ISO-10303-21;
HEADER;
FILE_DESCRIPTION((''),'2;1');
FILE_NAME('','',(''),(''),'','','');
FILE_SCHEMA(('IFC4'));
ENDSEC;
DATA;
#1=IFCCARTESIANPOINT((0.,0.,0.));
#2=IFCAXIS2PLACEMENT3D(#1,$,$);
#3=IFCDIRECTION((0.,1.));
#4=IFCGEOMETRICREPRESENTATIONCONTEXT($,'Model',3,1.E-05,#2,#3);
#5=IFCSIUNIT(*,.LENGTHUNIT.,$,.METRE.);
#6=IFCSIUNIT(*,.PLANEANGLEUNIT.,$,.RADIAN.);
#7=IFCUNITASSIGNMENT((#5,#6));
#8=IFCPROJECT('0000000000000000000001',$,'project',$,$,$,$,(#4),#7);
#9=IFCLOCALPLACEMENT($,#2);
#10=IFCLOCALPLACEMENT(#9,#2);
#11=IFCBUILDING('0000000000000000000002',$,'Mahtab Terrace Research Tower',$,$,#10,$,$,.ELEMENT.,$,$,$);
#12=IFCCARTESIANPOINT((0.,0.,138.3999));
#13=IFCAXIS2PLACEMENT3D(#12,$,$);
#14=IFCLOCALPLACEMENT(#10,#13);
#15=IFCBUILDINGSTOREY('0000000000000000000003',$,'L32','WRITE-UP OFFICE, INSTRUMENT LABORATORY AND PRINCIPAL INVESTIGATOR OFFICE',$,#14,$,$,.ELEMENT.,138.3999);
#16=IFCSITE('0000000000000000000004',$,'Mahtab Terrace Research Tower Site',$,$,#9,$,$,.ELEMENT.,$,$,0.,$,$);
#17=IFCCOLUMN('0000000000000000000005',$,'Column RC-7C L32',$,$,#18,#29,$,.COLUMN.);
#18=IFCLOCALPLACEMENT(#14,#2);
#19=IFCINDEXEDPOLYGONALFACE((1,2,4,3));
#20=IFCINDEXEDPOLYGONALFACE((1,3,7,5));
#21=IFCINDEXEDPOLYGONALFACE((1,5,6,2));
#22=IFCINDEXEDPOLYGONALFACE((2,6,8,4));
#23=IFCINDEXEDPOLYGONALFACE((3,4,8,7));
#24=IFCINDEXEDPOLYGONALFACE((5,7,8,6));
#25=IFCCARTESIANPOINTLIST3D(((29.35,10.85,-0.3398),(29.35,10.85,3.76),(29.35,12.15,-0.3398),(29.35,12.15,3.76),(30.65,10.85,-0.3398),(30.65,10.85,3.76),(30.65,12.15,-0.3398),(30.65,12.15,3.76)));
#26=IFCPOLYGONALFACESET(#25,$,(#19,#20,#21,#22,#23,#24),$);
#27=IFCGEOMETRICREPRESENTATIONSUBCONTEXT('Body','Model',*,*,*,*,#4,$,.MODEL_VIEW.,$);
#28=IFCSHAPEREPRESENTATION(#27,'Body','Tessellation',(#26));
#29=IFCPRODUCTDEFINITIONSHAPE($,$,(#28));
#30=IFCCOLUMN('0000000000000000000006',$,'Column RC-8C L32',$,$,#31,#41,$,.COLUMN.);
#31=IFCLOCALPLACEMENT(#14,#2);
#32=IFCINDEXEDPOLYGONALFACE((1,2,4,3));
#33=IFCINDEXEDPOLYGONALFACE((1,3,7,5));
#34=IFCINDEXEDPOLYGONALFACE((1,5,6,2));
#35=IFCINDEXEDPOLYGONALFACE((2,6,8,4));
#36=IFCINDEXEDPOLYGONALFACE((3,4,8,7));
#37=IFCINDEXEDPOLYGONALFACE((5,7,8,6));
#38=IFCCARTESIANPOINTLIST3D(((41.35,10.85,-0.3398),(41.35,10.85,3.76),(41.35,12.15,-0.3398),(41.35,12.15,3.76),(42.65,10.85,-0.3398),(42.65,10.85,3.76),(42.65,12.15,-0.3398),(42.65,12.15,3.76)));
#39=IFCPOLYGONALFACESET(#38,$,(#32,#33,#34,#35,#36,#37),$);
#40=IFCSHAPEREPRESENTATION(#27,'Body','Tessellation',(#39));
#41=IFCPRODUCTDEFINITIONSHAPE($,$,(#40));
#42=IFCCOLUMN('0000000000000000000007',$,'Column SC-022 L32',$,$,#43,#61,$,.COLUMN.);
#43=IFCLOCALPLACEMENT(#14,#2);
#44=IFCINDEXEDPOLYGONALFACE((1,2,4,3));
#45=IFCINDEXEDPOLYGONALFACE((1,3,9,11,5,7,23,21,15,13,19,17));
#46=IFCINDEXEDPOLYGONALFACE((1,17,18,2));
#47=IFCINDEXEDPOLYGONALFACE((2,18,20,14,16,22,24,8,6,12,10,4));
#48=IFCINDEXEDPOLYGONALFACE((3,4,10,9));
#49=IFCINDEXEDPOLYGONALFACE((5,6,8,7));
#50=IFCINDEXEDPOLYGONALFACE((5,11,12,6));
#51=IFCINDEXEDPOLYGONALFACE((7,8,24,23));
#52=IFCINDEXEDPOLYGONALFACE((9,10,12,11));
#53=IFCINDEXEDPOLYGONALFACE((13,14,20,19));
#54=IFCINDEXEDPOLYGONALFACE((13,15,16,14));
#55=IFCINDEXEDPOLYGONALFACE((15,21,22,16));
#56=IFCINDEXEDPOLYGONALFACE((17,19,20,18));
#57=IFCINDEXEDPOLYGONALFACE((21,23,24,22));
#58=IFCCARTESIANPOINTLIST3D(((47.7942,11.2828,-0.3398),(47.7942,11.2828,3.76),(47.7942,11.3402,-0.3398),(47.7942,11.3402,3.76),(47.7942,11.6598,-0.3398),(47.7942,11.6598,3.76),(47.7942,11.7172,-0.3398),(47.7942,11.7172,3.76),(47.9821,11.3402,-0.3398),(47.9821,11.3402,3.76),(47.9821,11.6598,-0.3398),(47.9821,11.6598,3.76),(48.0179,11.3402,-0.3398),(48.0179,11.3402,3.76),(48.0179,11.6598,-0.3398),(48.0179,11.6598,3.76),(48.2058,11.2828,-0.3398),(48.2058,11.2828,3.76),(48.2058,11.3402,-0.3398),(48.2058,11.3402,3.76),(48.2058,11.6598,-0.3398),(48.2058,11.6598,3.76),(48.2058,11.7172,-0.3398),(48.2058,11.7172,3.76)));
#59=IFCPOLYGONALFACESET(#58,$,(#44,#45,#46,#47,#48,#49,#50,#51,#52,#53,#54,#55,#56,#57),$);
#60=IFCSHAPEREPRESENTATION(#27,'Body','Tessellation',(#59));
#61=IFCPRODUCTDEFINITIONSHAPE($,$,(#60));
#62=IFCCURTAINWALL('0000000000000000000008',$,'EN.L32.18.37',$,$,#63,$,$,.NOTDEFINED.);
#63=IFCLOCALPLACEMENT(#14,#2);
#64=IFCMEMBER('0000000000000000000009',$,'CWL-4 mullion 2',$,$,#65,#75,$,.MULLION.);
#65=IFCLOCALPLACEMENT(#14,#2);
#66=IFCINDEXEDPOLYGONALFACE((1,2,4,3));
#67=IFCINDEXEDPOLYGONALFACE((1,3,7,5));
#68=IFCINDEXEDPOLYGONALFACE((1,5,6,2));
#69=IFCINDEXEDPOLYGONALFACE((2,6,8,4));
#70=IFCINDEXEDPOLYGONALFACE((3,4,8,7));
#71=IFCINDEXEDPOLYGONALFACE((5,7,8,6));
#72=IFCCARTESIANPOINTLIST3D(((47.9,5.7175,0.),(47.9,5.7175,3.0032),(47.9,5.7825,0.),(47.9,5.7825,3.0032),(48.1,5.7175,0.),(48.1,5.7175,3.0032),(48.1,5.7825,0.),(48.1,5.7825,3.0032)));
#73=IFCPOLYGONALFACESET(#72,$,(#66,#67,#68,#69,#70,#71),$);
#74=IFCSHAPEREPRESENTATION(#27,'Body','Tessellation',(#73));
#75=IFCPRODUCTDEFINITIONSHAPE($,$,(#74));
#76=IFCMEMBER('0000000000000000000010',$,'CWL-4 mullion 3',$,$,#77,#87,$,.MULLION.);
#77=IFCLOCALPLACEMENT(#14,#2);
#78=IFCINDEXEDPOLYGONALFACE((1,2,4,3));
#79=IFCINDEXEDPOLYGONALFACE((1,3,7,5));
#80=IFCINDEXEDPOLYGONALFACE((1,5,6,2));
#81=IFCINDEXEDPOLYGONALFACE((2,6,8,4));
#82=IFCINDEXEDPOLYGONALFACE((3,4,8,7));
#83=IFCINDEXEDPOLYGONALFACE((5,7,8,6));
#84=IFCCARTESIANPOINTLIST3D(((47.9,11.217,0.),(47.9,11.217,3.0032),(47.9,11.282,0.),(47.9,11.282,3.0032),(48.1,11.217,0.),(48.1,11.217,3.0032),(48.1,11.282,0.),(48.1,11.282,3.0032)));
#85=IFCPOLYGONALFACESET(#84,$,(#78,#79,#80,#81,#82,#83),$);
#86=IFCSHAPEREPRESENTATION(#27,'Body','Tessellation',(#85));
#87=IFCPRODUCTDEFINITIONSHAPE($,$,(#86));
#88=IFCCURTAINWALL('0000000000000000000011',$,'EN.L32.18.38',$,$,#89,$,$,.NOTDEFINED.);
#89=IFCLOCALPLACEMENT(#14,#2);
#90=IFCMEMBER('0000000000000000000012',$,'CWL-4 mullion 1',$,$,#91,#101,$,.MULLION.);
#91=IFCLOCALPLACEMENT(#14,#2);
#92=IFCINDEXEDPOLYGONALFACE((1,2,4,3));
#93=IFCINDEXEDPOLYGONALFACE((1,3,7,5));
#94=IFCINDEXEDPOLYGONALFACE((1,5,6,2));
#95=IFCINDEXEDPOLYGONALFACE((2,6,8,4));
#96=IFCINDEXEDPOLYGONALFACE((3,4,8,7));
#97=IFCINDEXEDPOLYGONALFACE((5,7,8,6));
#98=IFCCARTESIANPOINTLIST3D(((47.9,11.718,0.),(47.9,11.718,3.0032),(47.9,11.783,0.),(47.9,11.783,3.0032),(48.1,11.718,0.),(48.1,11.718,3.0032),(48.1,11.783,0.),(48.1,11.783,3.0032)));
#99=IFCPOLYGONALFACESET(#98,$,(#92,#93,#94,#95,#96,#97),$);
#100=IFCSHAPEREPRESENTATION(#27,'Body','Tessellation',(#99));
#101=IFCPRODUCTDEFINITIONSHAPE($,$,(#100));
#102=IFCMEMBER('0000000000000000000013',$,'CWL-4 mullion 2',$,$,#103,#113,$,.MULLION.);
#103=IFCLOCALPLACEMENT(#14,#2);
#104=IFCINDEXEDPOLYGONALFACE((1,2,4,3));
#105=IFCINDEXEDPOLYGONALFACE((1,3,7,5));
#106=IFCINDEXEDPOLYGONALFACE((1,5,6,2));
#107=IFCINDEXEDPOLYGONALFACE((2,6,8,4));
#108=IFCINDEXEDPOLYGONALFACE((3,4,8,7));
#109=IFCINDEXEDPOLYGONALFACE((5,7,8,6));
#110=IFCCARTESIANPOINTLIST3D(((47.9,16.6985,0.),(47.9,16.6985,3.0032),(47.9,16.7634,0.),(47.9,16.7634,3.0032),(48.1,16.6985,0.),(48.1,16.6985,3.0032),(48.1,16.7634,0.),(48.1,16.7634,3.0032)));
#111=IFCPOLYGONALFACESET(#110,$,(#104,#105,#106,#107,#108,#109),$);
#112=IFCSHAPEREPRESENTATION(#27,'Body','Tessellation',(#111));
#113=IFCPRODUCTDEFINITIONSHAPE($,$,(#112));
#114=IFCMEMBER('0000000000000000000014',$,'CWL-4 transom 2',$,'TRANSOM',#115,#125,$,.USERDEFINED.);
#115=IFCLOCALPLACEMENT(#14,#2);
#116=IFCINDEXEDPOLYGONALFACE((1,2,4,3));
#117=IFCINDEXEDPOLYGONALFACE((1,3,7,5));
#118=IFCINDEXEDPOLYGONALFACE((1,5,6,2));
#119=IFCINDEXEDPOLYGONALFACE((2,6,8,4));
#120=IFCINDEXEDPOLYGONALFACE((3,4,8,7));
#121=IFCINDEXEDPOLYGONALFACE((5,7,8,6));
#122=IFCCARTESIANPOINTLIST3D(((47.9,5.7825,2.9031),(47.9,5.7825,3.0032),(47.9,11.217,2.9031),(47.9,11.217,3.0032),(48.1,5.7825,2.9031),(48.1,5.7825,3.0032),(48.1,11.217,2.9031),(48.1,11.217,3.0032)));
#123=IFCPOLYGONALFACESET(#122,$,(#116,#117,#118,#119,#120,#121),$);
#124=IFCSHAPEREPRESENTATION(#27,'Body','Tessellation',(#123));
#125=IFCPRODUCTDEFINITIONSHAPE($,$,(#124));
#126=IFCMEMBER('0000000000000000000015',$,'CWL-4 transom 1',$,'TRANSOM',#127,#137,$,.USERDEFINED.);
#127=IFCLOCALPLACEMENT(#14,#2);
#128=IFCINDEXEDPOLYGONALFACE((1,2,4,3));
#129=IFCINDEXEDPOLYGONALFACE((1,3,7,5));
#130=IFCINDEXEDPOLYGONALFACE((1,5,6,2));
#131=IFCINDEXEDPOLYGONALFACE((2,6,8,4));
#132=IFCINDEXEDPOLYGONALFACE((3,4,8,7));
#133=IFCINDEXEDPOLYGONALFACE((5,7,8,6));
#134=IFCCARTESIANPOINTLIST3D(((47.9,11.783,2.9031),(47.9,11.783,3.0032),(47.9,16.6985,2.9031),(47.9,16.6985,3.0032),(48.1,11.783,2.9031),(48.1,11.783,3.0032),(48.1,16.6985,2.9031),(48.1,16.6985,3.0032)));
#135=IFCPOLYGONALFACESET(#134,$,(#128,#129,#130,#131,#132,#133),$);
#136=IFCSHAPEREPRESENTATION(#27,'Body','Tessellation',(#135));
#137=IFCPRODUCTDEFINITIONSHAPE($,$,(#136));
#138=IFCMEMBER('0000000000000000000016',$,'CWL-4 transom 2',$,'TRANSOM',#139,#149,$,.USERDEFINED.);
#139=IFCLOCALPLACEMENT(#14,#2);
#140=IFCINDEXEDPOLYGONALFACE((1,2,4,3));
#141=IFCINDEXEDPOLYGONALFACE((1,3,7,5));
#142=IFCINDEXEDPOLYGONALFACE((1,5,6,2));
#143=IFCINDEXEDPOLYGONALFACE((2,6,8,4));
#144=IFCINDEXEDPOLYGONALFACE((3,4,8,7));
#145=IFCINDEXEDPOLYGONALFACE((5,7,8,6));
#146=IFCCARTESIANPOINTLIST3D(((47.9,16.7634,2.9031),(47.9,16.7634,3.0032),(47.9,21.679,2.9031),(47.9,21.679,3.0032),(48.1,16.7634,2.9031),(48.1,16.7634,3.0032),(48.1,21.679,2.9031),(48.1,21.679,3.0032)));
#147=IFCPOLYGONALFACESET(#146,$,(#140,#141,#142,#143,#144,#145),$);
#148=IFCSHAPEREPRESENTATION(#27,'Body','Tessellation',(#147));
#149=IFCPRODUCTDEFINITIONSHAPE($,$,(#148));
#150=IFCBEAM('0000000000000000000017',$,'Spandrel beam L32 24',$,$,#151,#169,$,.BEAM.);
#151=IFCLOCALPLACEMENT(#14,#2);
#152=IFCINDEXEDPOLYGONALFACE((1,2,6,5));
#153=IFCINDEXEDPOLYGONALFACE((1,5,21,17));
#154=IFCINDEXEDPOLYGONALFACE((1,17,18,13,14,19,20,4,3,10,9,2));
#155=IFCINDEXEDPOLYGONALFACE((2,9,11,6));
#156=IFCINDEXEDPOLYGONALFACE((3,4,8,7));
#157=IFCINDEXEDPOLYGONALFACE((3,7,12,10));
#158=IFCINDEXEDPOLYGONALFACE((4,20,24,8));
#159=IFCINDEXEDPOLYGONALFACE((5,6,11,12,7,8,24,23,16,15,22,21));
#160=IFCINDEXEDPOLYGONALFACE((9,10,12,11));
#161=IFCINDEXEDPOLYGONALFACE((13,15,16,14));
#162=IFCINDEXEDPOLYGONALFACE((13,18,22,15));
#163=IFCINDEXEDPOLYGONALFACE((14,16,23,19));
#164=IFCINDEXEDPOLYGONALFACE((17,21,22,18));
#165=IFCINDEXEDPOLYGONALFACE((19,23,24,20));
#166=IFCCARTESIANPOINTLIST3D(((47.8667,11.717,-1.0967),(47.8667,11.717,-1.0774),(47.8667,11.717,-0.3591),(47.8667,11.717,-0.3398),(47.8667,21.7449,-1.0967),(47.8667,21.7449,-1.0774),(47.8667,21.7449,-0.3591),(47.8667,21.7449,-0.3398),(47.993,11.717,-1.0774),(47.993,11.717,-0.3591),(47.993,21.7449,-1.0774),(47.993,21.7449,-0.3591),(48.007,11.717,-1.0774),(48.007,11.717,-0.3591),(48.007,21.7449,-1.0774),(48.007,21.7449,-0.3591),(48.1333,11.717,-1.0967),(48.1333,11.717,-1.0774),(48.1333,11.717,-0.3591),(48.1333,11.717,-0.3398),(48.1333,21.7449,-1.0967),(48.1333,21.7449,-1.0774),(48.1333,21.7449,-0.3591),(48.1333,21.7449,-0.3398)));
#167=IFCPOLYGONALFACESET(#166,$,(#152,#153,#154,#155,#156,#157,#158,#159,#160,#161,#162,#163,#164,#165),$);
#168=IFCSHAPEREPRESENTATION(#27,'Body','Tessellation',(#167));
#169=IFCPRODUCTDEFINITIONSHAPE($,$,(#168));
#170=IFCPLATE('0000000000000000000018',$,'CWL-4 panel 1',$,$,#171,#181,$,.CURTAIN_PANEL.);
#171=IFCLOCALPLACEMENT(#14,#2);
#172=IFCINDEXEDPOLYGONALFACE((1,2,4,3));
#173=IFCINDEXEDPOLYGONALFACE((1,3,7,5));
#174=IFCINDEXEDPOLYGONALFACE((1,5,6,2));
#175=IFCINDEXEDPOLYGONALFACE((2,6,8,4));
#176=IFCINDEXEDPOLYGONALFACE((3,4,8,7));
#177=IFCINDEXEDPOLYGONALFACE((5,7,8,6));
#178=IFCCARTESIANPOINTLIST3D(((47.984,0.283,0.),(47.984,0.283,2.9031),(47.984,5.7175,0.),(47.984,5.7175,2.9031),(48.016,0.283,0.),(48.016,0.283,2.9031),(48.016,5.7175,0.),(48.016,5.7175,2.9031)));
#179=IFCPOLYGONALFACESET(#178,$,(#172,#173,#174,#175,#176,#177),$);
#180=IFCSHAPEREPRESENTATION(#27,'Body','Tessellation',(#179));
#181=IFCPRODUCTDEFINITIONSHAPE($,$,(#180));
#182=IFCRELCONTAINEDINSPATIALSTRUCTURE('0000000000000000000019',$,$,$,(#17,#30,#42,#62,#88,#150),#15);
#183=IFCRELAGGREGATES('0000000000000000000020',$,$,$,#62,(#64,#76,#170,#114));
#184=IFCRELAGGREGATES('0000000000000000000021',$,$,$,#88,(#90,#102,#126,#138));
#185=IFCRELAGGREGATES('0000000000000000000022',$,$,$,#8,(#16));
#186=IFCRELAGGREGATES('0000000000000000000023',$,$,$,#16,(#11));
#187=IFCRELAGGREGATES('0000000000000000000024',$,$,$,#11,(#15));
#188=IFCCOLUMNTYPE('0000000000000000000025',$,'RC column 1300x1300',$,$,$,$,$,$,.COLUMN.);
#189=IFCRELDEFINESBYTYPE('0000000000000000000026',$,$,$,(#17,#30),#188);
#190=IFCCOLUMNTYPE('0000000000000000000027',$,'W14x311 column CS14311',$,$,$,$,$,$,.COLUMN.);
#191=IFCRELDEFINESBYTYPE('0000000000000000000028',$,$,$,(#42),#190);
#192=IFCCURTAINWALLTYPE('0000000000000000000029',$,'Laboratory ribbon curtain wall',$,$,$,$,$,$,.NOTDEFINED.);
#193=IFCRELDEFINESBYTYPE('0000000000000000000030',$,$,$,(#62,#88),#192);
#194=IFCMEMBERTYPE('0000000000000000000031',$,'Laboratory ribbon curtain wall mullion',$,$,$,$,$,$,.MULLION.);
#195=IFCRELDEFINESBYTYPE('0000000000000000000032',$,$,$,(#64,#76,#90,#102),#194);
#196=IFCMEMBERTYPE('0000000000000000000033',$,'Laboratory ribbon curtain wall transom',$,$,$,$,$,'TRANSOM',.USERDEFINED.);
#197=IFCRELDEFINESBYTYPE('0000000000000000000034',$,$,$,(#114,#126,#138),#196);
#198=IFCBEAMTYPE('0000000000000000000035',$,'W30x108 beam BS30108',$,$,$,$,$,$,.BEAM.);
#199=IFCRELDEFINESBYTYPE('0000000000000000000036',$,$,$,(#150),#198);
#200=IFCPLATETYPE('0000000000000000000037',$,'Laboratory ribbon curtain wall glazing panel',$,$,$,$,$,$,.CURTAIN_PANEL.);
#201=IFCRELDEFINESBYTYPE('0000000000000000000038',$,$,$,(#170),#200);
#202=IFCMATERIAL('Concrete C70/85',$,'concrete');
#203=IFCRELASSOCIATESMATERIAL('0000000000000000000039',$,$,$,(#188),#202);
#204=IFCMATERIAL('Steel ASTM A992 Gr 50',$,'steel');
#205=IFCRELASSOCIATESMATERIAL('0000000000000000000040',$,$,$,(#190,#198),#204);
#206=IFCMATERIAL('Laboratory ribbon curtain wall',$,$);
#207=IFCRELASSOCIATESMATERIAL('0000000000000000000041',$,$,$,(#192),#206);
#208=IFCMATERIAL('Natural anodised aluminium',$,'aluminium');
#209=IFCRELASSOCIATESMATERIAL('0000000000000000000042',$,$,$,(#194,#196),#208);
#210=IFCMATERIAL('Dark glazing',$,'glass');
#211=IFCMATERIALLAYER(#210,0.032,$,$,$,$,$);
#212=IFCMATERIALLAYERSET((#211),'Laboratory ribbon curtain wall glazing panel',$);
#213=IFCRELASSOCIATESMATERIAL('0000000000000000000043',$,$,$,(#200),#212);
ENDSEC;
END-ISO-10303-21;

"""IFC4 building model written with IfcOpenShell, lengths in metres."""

from ifc_helpers import new_model, si_unit, direction, frame, origin, origin_2d, place, context, subcontext, project, spatial, rectangle, i_section, extrude, material, layer, layer_set, material_profile, profile_set, type_object, element, aggregate, save


model = new_model("IFC4")

# Units and contexts
model_context = context("Model", 3, precision=1e-05, world=origin(), true_north=direction((0.0, 1.0)))
body_context = subcontext(model_context, "Body", "Model", "MODEL_VIEW")
ifc_project = project(units=[si_unit("LENGTHUNIT", "METRE"), si_unit("PLANEANGLEUNIT", "RADIAN")], contexts=[model_context])

# Site, building, storey
site_placement = place(None, origin())
site = spatial("IfcSite", under=ifc_project, at=site_placement, Name="Mahtab Terrace Research Tower Site", CompositionType="ELEMENT", RefElevation=0.0)
building_placement = place(site_placement, origin())
building = spatial("IfcBuilding", under=site, at=building_placement, Name="Mahtab Terrace Research Tower", CompositionType="ELEMENT")
storey_placement = place(building_placement, frame((0.0, 0.0, 138.3999)))
storey = spatial("IfcBuildingStorey", under=building, at=storey_placement, Name="L32", Description="WRITE-UP OFFICE, INSTRUMENT LABORATORY AND PRINCIPAL INVESTIGATOR OFFICE", CompositionType="ELEMENT", Elevation=138.3999)

# Columns
ifc_material_1 = material(Name="Concrete C70/85", Category="concrete")
ifc_material_profile_1 = material_profile(ifc_material_1, rectangle(XDim=1.3, YDim=1.3, at=origin_2d()), Name="RC column 1300x1300")
ifc_profile_set_1 = profile_set([ifc_material_profile_1], Name="Concrete C70/85")
column_type_1 = type_object("IfcColumnType", Name="RC column 1300x1300", PredefinedType="COLUMN", material=ifc_profile_set_1)
for number, where, z_axis, x_axis, name in (
    (1, (30.0, 11.5, -0.3398), (0.0, 0.0, 1.0), (1.0, 0.0, 0.0), "Column RC-7C L32"),
    (2, (42.0, 11.5, -0.3398), (0.0, 0.0, 1.0), (1.0, 0.0, 0.0), "Column RC-8C L32"),
):
    element("IfcColumn", number, at=place(storey_placement, frame(where, z_axis=z_axis, x_axis=x_axis)), inside=storey, type_object=column_type_1, Name=name, PredefinedType="COLUMN", context=body_context, shape_type="SweptSolid", body=[
        extrude(rectangle(XDim=1.3, YDim=1.3, at=origin_2d()), origin(), (0.0, 0.0, 1.0), 4.0999),
    ])
ifc_material_2 = material(Name="Steel ASTM A992 Gr 50", Category="steel")
ifc_material_profile_2 = material_profile(ifc_material_2, i_section(OverallWidth=0.4116, OverallDepth=0.4343, WebThickness=0.0359, FlangeThickness=0.0574, at=origin_2d()), Name="W14X311")
ifc_profile_set_2 = profile_set([ifc_material_profile_2], Name="Steel ASTM A992 Gr 50")
column_type_2 = type_object("IfcColumnType", Name="W14x311 column CS14311", PredefinedType="COLUMN", material=ifc_profile_set_2)
column_placement = place(storey_placement, frame((48.0, 11.5, -0.3398), z_axis=(0.0, 0.0, 1.0), x_axis=(1.0, 0.0, 0.0)))
element("IfcColumn", 3, at=column_placement, inside=storey, type_object=column_type_2, Name="Column SC-022 L32", PredefinedType="COLUMN", context=body_context, shape_type="SweptSolid", body=[
    extrude(i_section(OverallWidth=0.4116, OverallDepth=0.4343, WebThickness=0.0359, FlangeThickness=0.0574, at=origin_2d()), origin(), (0.0, 0.0, 1.0), 4.0999),
])

# Curtain walls, members
ifc_material_3 = material(Name="Laboratory ribbon curtain wall")
curtain_wall_type = type_object("IfcCurtainWallType", Name="Laboratory ribbon curtain wall", PredefinedType="NOTDEFINED", material=ifc_material_3)
curtain_wall_1_placement = place(storey_placement, origin())
curtain_wall_1 = element("IfcCurtainWall", 4, at=curtain_wall_1_placement, inside=storey, type_object=curtain_wall_type, Name="EN.L32.18.37", PredefinedType="NOTDEFINED")
ifc_material_4 = material(Name="Natural anodised aluminium", Category="aluminium")
ifc_material_profile_3 = material_profile(ifc_material_4, rectangle(XDim=0.2, YDim=0.0649, at=origin_2d()), Name="MULLION 65x200")
ifc_profile_set_3 = profile_set([ifc_material_profile_3], Name="Natural anodised aluminium")
member_type_1 = type_object("IfcMemberType", Name="Laboratory ribbon curtain wall mullion", PredefinedType="MULLION", material=ifc_profile_set_3)
member_1_placement = place(storey_placement, frame((48.0, 5.75, 0.0), z_axis=(0.0, 0.0, 1.0), x_axis=(-1.0, 0.0, 0.0)))
member_1 = element("IfcMember", 5, at=member_1_placement, type_object=member_type_1, Name="CWL-4 mullion 2", PredefinedType="MULLION", context=body_context, shape_type="SweptSolid", body=[
    extrude(rectangle(XDim=0.2, YDim=0.0649, at=origin_2d()), origin(), (0.0, 0.0, 1.0), 3.0032),
])
member_2_placement = place(storey_placement, frame((48.0, 11.2495, 0.0), z_axis=(0.0, 0.0, 1.0), x_axis=(-1.0, 0.0, 0.0)))
member_2 = element("IfcMember", 6, at=member_2_placement, type_object=member_type_1, Name="CWL-4 mullion 3", PredefinedType="MULLION", context=body_context, shape_type="SweptSolid", body=[
    extrude(rectangle(XDim=0.2, YDim=0.0649, at=origin_2d()), origin(), (0.0, 0.0, 1.0), 3.0032),
])
curtain_wall_2_placement = place(storey_placement, origin())
curtain_wall_2 = element("IfcCurtainWall", 7, at=curtain_wall_2_placement, inside=storey, type_object=curtain_wall_type, Name="EN.L32.18.38", PredefinedType="NOTDEFINED")
member_3_placement = place(storey_placement, frame((48.0, 11.7505, 0.0), z_axis=(0.0, 0.0, 1.0), x_axis=(-1.0, 0.0, 0.0)))
member_3 = element("IfcMember", 8, at=member_3_placement, type_object=member_type_1, Name="CWL-4 mullion 1", PredefinedType="MULLION", context=body_context, shape_type="SweptSolid", body=[
    extrude(rectangle(XDim=0.2, YDim=0.0649, at=origin_2d()), origin(), (0.0, 0.0, 1.0), 3.0032),
])
member_4_placement = place(storey_placement, frame((48.0, 16.731, 0.0), z_axis=(0.0, 0.0, 1.0), x_axis=(-1.0, 0.0, 0.0)))
member_4 = element("IfcMember", 9, at=member_4_placement, type_object=member_type_1, Name="CWL-4 mullion 2", PredefinedType="MULLION", context=body_context, shape_type="SweptSolid", body=[
    extrude(rectangle(XDim=0.2, YDim=0.0649, at=origin_2d()), origin(), (0.0, 0.0, 1.0), 3.0032),
])

# Members
ifc_material_profile_4 = material_profile(ifc_material_4, rectangle(XDim=0.2, YDim=0.1001, at=origin_2d()), Name="TRANSOM 100x200")
ifc_profile_set_4 = profile_set([ifc_material_profile_4], Name="Natural anodised aluminium")
member_type_2 = type_object("IfcMemberType", Name="Laboratory ribbon curtain wall transom", ElementType="TRANSOM", PredefinedType="USERDEFINED", material=ifc_profile_set_4)
member_5_placement = place(storey_placement, frame((48.0, 5.7825, 2.9531), z_axis=(0.0, 1.0, 0.0), x_axis=(-1.0, 0.0, 0.0)))
member_5 = element("IfcMember", 10, at=member_5_placement, type_object=member_type_2, Name="CWL-4 transom 2", ObjectType="TRANSOM", PredefinedType="USERDEFINED", context=body_context, shape_type="SweptSolid", body=[
    extrude(rectangle(XDim=0.2, YDim=0.1001, at=origin_2d()), origin(), (0.0, 0.0, 1.0), 5.4346),
])
member_6_placement = place(storey_placement, frame((48.0, 11.783, 2.9531), z_axis=(0.0, 1.0, 0.0), x_axis=(-1.0, 0.0, 0.0)))
member_6 = element("IfcMember", 11, at=member_6_placement, type_object=member_type_2, Name="CWL-4 transom 1", ObjectType="TRANSOM", PredefinedType="USERDEFINED", context=body_context, shape_type="SweptSolid", body=[
    extrude(rectangle(XDim=0.2, YDim=0.1001, at=origin_2d()), origin(), (0.0, 0.0, 1.0), 4.9155),
])
member_7_placement = place(storey_placement, frame((48.0, 16.7634, 2.9531), z_axis=(0.0, 1.0, 0.0), x_axis=(-1.0, 0.0, 0.0)))
member_7 = element("IfcMember", 12, at=member_7_placement, type_object=member_type_2, Name="CWL-4 transom 2", ObjectType="TRANSOM", PredefinedType="USERDEFINED", context=body_context, shape_type="SweptSolid", body=[
    extrude(rectangle(XDim=0.2, YDim=0.1001, at=origin_2d()), origin(), (0.0, 0.0, 1.0), 4.9155),
])

# Beam
ifc_material_profile_5 = material_profile(ifc_material_2, i_section(OverallWidth=0.2666, OverallDepth=0.7568, WebThickness=0.0139, FlangeThickness=0.0193, at=origin_2d()), Name="W30X108")
ifc_profile_set_5 = profile_set([ifc_material_profile_5], Name="Steel ASTM A992 Gr 50")
beam_type = type_object("IfcBeamType", Name="W30x108 beam BS30108", PredefinedType="BEAM", material=ifc_profile_set_5)
beam_placement = place(storey_placement, frame((48.0, 11.717, -0.7183), z_axis=(0.0, 1.0, 0.0), x_axis=(-1.0, 0.0, 0.0)))
element("IfcBeam", 13, at=beam_placement, inside=storey, type_object=beam_type, Name="Spandrel beam L32 24", PredefinedType="BEAM", context=body_context, shape_type="SweptSolid", body=[
    extrude(i_section(OverallWidth=0.2666, OverallDepth=0.7568, WebThickness=0.0139, FlangeThickness=0.0193, at=origin_2d()), origin(), (0.0, 0.0, 1.0), 10.0278),
])

# Plate
ifc_material_5 = material(Name="Dark glazing", Category="glass")
ifc_layer_1 = layer(ifc_material_5, 0.032)
ifc_layer_set_1 = layer_set([ifc_layer_1], Name="Laboratory ribbon curtain wall glazing panel")
plate_type = type_object("IfcPlateType", Name="Laboratory ribbon curtain wall glazing panel", PredefinedType="CURTAIN_PANEL", material=ifc_layer_set_1)
plate_1_placement = place(storey_placement, frame((48.0, 3.0002, 0.0), z_axis=(0.0, 0.0, 1.0), x_axis=(0.0, 1.0, 0.0)))
plate_1 = element("IfcPlate", 14, at=plate_1_placement, type_object=plate_type, Name="CWL-4 panel 1", PredefinedType="CURTAIN_PANEL", context=body_context, shape_type="SweptSolid", body=[
    extrude(rectangle(XDim=5.4346, YDim=0.032, at=origin_2d()), origin(), (0.0, 0.0, 1.0), 2.9031),
])
aggregate(curtain_wall_1, [member_1, member_2, plate_1, member_5])
aggregate(curtain_wall_2, [member_3, member_4, member_6, member_7])

save(model, "model.ifc")
